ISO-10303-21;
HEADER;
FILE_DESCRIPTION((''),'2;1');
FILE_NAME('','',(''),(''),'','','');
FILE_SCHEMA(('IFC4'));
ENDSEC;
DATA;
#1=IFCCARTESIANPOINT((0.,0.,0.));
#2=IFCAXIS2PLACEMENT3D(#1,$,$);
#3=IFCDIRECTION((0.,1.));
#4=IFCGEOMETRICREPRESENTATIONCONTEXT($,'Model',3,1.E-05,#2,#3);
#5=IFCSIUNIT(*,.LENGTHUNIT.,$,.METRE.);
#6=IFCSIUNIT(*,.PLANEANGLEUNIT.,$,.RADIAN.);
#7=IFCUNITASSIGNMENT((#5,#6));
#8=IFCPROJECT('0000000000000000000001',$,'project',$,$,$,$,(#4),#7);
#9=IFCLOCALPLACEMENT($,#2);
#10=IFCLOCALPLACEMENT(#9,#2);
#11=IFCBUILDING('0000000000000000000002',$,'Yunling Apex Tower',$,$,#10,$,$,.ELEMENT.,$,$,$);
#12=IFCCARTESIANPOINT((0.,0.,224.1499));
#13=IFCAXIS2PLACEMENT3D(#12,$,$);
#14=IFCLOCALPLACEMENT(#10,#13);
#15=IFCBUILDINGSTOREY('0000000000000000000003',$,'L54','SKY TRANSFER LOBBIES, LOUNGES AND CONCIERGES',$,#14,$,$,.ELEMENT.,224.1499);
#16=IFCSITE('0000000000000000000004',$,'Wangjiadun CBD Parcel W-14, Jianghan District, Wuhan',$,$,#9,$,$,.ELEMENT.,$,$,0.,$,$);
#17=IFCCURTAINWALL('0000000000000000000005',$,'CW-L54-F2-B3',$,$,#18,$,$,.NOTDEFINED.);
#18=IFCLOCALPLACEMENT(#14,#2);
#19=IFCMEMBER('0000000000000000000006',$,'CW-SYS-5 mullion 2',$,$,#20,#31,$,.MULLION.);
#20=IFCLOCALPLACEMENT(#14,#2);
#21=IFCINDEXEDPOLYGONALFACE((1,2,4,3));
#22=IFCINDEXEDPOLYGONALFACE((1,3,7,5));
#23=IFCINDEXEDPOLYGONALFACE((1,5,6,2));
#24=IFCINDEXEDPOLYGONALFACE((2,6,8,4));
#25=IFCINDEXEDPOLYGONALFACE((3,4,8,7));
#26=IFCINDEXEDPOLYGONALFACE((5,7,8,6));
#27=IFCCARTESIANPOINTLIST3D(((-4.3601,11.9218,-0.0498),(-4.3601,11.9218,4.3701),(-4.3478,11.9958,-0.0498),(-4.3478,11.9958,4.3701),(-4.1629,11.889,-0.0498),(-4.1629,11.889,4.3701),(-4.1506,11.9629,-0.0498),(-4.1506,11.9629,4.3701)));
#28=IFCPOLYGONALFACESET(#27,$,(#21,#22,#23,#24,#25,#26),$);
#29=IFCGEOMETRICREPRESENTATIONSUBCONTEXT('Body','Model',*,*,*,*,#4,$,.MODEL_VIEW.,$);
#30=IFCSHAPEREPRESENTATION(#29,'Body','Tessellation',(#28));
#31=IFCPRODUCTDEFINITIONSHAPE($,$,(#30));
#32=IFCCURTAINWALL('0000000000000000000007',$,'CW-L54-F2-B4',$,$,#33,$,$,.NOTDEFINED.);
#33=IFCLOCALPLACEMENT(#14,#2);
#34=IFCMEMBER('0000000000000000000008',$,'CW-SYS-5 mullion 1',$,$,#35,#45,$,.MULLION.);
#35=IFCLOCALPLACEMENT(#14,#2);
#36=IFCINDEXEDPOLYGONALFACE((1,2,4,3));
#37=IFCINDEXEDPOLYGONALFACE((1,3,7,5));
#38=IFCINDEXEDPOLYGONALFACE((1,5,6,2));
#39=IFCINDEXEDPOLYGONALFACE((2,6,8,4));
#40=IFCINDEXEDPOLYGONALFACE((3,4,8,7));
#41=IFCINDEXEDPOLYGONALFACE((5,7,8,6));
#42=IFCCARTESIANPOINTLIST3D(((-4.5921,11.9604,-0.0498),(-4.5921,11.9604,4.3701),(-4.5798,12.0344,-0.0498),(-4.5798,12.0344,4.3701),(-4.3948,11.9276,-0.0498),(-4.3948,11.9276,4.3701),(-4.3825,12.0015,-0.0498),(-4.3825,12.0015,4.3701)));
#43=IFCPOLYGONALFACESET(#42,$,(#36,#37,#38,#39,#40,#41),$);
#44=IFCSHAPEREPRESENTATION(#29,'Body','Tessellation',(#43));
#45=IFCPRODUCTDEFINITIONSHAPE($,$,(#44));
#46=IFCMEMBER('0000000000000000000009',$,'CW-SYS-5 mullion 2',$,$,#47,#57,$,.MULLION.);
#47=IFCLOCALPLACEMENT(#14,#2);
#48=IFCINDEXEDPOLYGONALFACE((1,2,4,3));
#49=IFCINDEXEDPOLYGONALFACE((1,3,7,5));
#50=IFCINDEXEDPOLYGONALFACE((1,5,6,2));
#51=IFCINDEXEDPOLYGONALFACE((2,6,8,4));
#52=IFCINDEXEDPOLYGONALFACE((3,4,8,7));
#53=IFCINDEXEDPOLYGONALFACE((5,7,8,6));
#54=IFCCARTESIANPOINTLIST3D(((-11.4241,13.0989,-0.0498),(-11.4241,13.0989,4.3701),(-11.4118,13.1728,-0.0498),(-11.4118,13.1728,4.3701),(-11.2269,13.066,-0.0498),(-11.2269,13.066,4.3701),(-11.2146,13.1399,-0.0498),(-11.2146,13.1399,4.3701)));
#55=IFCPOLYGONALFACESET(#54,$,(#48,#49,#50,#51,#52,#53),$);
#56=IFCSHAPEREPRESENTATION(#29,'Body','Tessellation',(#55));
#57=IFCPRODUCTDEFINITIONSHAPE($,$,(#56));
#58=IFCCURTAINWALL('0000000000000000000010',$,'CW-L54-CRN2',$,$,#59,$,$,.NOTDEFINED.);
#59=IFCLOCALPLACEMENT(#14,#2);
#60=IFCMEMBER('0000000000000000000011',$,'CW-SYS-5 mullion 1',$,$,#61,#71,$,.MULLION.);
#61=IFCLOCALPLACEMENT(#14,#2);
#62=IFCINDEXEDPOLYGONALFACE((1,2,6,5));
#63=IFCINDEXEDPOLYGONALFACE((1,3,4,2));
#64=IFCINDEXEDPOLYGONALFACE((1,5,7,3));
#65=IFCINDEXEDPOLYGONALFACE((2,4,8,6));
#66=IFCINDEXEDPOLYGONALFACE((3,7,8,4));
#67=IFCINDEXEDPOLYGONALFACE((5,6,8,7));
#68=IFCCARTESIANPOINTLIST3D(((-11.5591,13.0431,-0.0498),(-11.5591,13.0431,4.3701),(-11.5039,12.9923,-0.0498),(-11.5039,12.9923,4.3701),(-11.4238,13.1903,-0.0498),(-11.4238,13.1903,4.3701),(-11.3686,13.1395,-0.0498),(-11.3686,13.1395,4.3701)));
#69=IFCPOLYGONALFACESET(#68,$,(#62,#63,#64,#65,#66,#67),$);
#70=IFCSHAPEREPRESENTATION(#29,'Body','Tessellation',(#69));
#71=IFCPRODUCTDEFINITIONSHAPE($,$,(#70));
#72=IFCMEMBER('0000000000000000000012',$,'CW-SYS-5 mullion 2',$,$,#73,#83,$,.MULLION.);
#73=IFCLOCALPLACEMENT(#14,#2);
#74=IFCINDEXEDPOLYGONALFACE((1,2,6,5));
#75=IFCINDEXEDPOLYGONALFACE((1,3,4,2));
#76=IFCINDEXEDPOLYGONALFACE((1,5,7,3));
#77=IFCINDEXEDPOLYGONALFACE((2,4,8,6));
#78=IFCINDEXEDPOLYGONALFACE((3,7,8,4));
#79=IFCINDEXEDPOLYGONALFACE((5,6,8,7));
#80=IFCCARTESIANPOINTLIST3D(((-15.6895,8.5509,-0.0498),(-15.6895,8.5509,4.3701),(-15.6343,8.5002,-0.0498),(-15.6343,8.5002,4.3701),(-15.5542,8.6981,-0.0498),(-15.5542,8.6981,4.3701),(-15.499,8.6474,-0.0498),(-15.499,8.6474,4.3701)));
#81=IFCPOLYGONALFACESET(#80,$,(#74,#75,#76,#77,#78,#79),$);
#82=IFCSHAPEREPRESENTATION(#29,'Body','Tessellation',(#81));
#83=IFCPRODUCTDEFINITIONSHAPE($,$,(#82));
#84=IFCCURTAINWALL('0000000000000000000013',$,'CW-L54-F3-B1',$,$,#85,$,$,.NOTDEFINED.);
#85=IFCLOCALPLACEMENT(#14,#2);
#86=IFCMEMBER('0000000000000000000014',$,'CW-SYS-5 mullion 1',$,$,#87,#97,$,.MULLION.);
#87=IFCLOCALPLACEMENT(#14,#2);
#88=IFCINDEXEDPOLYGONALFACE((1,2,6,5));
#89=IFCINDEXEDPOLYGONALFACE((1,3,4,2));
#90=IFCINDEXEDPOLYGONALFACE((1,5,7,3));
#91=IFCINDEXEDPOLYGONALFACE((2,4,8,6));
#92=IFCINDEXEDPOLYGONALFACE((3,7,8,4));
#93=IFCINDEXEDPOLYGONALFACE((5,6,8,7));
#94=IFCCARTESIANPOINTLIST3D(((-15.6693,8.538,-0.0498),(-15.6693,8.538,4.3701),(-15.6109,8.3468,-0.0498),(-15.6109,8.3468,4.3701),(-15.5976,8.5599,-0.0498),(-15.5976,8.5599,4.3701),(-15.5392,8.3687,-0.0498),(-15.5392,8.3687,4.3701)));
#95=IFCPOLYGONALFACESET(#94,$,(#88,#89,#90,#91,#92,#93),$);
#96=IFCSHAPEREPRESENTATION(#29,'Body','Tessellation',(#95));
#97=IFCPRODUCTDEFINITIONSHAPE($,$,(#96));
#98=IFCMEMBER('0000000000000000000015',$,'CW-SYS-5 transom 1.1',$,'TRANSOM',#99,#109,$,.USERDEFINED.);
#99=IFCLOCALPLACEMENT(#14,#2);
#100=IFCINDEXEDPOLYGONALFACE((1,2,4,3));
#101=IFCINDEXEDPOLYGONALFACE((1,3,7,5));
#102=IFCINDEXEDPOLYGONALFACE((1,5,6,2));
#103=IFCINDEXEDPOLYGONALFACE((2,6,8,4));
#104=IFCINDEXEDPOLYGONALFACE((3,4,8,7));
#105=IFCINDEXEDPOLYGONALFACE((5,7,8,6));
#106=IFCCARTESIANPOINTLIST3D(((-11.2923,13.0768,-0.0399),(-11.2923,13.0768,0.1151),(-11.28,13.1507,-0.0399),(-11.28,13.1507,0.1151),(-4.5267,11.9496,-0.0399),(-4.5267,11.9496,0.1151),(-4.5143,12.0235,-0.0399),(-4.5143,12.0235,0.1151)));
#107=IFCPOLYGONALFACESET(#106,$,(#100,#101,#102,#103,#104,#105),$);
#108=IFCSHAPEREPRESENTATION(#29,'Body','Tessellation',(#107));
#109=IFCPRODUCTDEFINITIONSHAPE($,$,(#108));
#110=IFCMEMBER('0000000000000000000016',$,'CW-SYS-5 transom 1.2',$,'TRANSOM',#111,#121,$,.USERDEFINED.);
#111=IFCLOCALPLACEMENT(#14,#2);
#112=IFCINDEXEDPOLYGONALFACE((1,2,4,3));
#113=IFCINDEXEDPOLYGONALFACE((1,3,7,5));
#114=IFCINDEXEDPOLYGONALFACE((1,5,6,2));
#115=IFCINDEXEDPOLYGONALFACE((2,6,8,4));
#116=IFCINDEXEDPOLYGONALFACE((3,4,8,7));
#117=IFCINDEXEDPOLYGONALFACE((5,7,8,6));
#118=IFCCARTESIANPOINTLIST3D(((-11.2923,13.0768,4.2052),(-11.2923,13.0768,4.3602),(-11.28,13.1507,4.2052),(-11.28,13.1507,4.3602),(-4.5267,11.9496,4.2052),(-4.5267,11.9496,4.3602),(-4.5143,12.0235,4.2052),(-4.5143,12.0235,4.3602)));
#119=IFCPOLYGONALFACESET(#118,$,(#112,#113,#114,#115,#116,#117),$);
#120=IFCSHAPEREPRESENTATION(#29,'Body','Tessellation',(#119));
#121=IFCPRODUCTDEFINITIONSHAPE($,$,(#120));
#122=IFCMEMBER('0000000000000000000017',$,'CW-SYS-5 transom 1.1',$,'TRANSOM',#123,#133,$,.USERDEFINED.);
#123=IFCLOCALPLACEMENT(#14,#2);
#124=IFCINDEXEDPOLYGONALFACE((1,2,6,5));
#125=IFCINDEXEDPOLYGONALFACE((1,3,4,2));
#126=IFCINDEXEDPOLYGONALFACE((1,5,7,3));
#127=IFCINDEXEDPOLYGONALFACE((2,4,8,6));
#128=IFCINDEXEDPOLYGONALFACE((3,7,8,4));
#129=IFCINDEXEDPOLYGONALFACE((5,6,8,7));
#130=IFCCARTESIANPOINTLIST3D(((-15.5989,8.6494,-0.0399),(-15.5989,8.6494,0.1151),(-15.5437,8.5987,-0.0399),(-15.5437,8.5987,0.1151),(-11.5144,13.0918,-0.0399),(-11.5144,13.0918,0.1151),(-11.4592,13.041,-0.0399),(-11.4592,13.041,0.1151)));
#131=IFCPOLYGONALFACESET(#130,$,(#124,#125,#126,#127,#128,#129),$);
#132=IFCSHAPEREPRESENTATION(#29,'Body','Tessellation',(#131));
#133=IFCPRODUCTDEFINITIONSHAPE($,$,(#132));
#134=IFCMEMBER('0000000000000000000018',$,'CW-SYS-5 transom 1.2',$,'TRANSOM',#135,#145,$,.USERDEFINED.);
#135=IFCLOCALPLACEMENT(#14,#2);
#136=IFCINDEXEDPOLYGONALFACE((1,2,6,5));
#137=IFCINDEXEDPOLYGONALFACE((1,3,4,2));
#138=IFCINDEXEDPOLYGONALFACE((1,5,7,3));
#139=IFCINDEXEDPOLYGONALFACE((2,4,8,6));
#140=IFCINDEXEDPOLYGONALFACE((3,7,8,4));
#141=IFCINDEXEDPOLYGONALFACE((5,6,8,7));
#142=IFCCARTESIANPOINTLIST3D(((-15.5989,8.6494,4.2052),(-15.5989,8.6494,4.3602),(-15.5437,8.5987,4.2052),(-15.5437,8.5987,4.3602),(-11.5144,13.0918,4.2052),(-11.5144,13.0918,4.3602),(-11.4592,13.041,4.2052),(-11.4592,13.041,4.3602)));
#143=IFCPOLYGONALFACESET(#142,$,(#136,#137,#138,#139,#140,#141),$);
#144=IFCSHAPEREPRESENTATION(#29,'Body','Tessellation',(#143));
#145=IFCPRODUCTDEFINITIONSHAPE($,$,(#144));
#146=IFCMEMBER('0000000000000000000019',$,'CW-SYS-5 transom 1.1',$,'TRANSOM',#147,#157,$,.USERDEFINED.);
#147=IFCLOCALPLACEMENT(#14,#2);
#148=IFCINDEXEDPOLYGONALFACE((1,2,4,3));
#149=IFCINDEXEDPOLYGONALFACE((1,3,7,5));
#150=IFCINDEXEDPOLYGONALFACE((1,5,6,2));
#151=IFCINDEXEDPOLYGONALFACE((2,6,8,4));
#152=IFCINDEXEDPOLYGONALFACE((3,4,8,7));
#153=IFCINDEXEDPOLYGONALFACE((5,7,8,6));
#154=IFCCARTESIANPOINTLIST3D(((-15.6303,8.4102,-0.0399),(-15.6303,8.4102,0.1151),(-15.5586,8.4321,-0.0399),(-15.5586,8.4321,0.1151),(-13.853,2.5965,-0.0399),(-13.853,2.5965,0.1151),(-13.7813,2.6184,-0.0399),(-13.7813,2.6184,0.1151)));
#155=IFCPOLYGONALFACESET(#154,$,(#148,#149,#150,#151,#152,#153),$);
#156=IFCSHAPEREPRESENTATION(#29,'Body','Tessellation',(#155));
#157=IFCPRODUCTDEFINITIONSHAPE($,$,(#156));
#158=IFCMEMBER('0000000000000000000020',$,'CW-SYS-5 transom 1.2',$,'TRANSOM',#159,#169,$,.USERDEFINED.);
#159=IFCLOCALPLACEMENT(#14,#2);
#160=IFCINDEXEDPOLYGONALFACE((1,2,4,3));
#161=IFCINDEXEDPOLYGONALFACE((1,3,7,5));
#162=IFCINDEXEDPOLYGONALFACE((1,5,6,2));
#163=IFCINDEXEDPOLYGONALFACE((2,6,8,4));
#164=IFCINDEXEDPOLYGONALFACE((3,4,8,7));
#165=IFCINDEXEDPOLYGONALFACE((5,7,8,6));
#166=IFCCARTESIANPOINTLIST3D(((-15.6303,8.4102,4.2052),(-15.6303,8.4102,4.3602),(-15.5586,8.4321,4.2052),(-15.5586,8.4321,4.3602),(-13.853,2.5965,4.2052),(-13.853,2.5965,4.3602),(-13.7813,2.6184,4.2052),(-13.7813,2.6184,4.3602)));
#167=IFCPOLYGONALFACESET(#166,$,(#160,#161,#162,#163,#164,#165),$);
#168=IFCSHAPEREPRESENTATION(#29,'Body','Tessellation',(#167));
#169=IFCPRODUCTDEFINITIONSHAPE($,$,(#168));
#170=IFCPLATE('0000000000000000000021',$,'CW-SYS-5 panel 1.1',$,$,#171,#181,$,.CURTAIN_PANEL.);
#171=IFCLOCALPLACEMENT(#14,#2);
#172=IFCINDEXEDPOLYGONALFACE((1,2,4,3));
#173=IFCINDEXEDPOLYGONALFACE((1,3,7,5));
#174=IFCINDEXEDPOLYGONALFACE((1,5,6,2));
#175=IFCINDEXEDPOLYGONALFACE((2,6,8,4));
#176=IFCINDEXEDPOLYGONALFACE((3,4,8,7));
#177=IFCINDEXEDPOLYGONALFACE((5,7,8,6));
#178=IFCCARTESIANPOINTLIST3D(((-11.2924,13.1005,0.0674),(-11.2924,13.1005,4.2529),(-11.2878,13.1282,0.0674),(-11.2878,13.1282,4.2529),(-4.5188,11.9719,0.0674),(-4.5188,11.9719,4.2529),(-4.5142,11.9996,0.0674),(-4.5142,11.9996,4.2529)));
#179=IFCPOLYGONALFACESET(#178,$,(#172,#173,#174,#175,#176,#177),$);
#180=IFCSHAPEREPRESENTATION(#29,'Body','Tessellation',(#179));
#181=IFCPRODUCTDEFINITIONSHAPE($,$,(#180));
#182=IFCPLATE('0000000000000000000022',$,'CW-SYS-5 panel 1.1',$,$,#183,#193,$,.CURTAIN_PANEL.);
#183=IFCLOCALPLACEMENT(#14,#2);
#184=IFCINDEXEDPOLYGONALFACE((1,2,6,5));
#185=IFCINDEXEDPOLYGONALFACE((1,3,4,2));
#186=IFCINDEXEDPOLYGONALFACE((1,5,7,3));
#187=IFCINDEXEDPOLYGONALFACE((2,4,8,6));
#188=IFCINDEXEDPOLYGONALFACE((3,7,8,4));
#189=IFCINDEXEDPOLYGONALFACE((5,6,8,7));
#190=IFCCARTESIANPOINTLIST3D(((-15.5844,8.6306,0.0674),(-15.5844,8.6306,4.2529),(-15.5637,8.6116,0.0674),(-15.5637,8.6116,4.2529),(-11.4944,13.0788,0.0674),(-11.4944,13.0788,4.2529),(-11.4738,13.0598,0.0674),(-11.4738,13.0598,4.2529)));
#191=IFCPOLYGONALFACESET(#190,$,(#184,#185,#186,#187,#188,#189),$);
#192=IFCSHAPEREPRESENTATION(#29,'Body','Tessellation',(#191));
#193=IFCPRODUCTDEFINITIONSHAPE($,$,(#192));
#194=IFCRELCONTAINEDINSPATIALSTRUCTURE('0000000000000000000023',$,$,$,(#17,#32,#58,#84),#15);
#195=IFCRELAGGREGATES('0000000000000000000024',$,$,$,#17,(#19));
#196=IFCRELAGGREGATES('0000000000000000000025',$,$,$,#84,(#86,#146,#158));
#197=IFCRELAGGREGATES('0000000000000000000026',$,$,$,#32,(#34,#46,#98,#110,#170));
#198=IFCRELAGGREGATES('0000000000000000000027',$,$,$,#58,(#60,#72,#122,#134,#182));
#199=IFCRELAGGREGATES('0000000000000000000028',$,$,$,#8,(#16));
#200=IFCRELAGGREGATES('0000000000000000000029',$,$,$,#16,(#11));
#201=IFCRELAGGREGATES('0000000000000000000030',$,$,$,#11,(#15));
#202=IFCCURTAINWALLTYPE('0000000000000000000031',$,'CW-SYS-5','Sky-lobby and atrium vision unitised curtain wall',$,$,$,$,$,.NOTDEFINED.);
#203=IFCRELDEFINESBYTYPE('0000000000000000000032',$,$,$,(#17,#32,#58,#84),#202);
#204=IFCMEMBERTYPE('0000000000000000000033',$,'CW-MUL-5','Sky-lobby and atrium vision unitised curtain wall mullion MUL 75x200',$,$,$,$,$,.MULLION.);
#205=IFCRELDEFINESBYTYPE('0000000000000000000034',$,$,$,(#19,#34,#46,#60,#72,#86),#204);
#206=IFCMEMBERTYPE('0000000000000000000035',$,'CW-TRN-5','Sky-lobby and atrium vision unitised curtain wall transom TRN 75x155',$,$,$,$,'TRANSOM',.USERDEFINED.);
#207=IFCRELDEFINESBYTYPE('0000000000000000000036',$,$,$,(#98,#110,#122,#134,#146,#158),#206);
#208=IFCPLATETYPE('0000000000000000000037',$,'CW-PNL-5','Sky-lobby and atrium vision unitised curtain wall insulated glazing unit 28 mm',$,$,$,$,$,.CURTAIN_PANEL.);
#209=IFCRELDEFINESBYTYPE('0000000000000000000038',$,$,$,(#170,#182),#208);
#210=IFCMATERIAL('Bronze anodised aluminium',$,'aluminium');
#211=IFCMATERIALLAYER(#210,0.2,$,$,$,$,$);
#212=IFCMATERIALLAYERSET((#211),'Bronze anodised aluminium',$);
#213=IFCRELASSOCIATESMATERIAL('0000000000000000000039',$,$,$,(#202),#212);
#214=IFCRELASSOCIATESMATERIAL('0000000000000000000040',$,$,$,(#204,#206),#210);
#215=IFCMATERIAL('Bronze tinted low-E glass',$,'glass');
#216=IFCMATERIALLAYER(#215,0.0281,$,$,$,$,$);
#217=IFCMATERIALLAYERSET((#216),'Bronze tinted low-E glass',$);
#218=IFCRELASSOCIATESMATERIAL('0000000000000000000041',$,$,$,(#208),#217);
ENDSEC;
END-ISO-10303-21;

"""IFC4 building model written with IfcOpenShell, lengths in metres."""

from ifc_helpers import new_model, si_unit, direction, frame, origin, origin_2d, place, context, subcontext, project, spatial, rectangle, extrude, source, transform, mapped, material, layer, layer_set, material_profile, profile_set, type_object, element, aggregate, save


model = new_model("IFC4")

# Units and contexts
model_context = context("Model", 3, precision=1e-05, world=origin(), true_north=direction((0.0, 1.0)))
body_context = subcontext(model_context, "Body", "Model", "MODEL_VIEW")
ifc_project = project(units=[si_unit("LENGTHUNIT", "METRE"), si_unit("PLANEANGLEUNIT", "RADIAN")], contexts=[model_context])

# Site, building, storey
site_placement = place(None, origin())
site = spatial("IfcSite", under=ifc_project, at=site_placement, Name="Wangjiadun CBD Parcel W-14, Jianghan District, Wuhan", CompositionType="ELEMENT", RefElevation=0.0)
building_placement = place(site_placement, origin())
building = spatial("IfcBuilding", under=site, at=building_placement, Name="Yunling Apex Tower", CompositionType="ELEMENT")
storey_placement = place(building_placement, frame((0.0, 0.0, 224.1499)))
storey = spatial("IfcBuildingStorey", under=building, at=storey_placement, Name="L54", Description="SKY TRANSFER LOBBIES, LOUNGES AND CONCIERGES", CompositionType="ELEMENT", Elevation=224.1499)

# Curtain wall, member
ifc_material_1 = material(Name="Bronze anodised aluminium", Category="aluminium")
ifc_layer_1 = layer(ifc_material_1, 0.2)
ifc_layer_set_1 = layer_set([ifc_layer_1], Name="Bronze anodised aluminium")
curtain_wall_type = type_object("IfcCurtainWallType", Name="CW-SYS-5", Description="Sky-lobby and atrium vision unitised curtain wall", PredefinedType="NOTDEFINED", material=ifc_layer_set_1)
curtain_wall_1_placement = place(storey_placement, origin())
curtain_wall_1 = element("IfcCurtainWall", 1, at=curtain_wall_1_placement, inside=storey, type_object=curtain_wall_type, Name="CW-L54-F2-B3", PredefinedType="NOTDEFINED")
ifc_material_profile_1 = material_profile(ifc_material_1, rectangle(XDim=0.075, YDim=0.2, at=origin_2d()))
ifc_profile_set_1 = profile_set([ifc_material_profile_1], Name="Bronze anodised aluminium")
member_type_1 = type_object("IfcMemberType", Name="CW-MUL-5", Description="Sky-lobby and atrium vision unitised curtain wall mullion MUL 75x200", PredefinedType="MULLION", material=ifc_profile_set_1)
shared_shape_1 = source(origin(), body_context, "Body", "SweptSolid", [
    extrude(rectangle(XDim=0.075, YDim=0.2, at=origin_2d()), origin(), (0.0, 0.0, 1.0), 4.4199),
])
member_1_placement = place(storey_placement, frame((-4.2554, 11.9424, -0.0498), z_axis=(0.0, 0.0, 1.0), x_axis=(-0.164353, -0.986402, 0.0)))
member_1 = element("IfcMember", 2, at=member_1_placement, type_object=member_type_1, Name="CW-SYS-5 mullion 2", PredefinedType="MULLION", context=body_context, shape_type="MappedRepresentation", body=[
    mapped(shared_shape_1, transform((0.0, 0.0, 0.0), scale=1.0)),
])
aggregate(curtain_wall_1, [member_1])

# Curtain walls, members
curtain_wall_2_placement = place(storey_placement, origin())
curtain_wall_2 = element("IfcCurtainWall", 3, at=curtain_wall_2_placement, inside=storey, type_object=curtain_wall_type, Name="CW-L54-F2-B4", PredefinedType="NOTDEFINED")
member_2_placement = place(storey_placement, frame((-4.4873, 11.981, -0.0498), z_axis=(0.0, 0.0, 1.0), x_axis=(-0.164353, -0.986402, 0.0)))
member_2 = element("IfcMember", 4, at=member_2_placement, type_object=member_type_1, Name="CW-SYS-5 mullion 1", PredefinedType="MULLION", context=body_context, shape_type="MappedRepresentation", body=[
    mapped(shared_shape_1, transform((0.0, 0.0, 0.0), scale=1.0)),
])
member_3_placement = place(storey_placement, frame((-11.3193, 13.1194, -0.0498), z_axis=(0.0, 0.0, 1.0), x_axis=(-0.164353, -0.986402, 0.0)))
member_3 = element("IfcMember", 5, at=member_3_placement, type_object=member_type_1, Name="CW-SYS-5 mullion 2", PredefinedType="MULLION", context=body_context, shape_type="MappedRepresentation", body=[
    mapped(shared_shape_1, transform((0.0, 0.0, 0.0), scale=1.0)),
])
curtain_wall_3_placement = place(storey_placement, origin())
curtain_wall_3 = element("IfcCurtainWall", 6, at=curtain_wall_3_placement, inside=storey, type_object=curtain_wall_type, Name="CW-L54-CRN2", PredefinedType="NOTDEFINED")
member_4_placement = place(storey_placement, frame((-11.4639, 13.0913, -0.0498), z_axis=(0.0, 0.0, 1.0), x_axis=(0.736134, -0.676836, 0.0)))
member_4 = element("IfcMember", 7, at=member_4_placement, type_object=member_type_1, Name="CW-SYS-5 mullion 1", PredefinedType="MULLION", context=body_context, shape_type="MappedRepresentation", body=[
    mapped(shared_shape_1, transform((0.0, 0.0, 0.0), scale=1.0)),
])
member_5_placement = place(storey_placement, frame((-15.5942, 8.5991, -0.0498), z_axis=(0.0, 0.0, 1.0), x_axis=(0.736134, -0.676836, 0.0)))
member_5 = element("IfcMember", 8, at=member_5_placement, type_object=member_type_1, Name="CW-SYS-5 mullion 2", PredefinedType="MULLION", context=body_context, shape_type="MappedRepresentation", body=[
    mapped(shared_shape_1, transform((0.0, 0.0, 0.0), scale=1.0)),
])

# Curtain wall, member
curtain_wall_4_placement = place(storey_placement, origin())
curtain_wall_4 = element("IfcCurtainWall", 9, at=curtain_wall_4_placement, inside=storey, type_object=curtain_wall_type, Name="CW-L54-F3-B1", PredefinedType="NOTDEFINED")
member_6_placement = place(storey_placement, frame((-15.6042, 8.4534, -0.0498), z_axis=(0.0, 0.0, 1.0), x_axis=(0.956305, 0.292372, 0.0)))
member_6 = element("IfcMember", 10, at=member_6_placement, type_object=member_type_1, Name="CW-SYS-5 mullion 1", PredefinedType="MULLION", context=body_context, shape_type="MappedRepresentation", body=[
    mapped(shared_shape_1, transform((0.0, 0.0, 0.0), scale=1.0)),
])

# Members
ifc_material_profile_2 = material_profile(ifc_material_1, rectangle(XDim=0.075, YDim=0.155, at=origin_2d()))
ifc_profile_set_2 = profile_set([ifc_material_profile_2], Name="Bronze anodised aluminium")
member_type_2 = type_object("IfcMemberType", Name="CW-TRN-5", Description="Sky-lobby and atrium vision unitised curtain wall transom TRN 75x155", ElementType="TRANSOM", PredefinedType="USERDEFINED", material=ifc_profile_set_2)
shared_shape_2 = source(origin(), body_context, "Body", "SweptSolid", [
    extrude(rectangle(XDim=0.075, YDim=0.155, at=origin_2d()), origin(), (0.0, 0.0, 1.0), 6.8589),
])
member_7_placement = place(storey_placement, frame((-4.5205, 11.9866, 0.0376), z_axis=(-0.986404, 0.164341, 0.0), x_axis=(-0.164341, -0.986404, 0.0)))
member_7 = element("IfcMember", 11, at=member_7_placement, type_object=member_type_2, Name="CW-SYS-5 transom 1.1", ObjectType="TRANSOM", PredefinedType="USERDEFINED", context=body_context, shape_type="MappedRepresentation", body=[
    mapped(shared_shape_2, transform((0.0, 0.0, 0.0), scale=1.0)),
])
member_8_placement = place(storey_placement, frame((-4.5205, 11.9866, 4.2827), z_axis=(-0.986404, 0.164341, 0.0), x_axis=(-0.164341, -0.986404, 0.0)))
member_8 = element("IfcMember", 12, at=member_8_placement, type_object=member_type_2, Name="CW-SYS-5 transom 1.2", ObjectType="TRANSOM", PredefinedType="USERDEFINED", context=body_context, shape_type="MappedRepresentation", body=[
    mapped(shared_shape_2, transform((0.0, 0.0, 0.0), scale=1.0)),
])
shared_shape_3 = source(origin(), body_context, "Body", "SweptSolid", [
    extrude(rectangle(XDim=0.075, YDim=0.155, at=origin_2d()), origin(), (0.0, 0.0, 1.0), 6.0347),
])
member_9_placement = place(storey_placement, frame((-11.4868, 13.0664, 0.0376), z_axis=(-0.67683, -0.736139, 0.0), x_axis=(0.736139, -0.67683, 0.0)))
member_9 = element("IfcMember", 13, at=member_9_placement, type_object=member_type_2, Name="CW-SYS-5 transom 1.1", ObjectType="TRANSOM", PredefinedType="USERDEFINED", context=body_context, shape_type="MappedRepresentation", body=[
    mapped(shared_shape_3, transform((0.0, 0.0, 0.0), scale=1.0)),
])
member_10_placement = place(storey_placement, frame((-11.4868, 13.0664, 4.2827), z_axis=(-0.67683, -0.736139, 0.0), x_axis=(0.736139, -0.67683, 0.0)))
member_10 = element("IfcMember", 14, at=member_10_placement, type_object=member_type_2, Name="CW-SYS-5 transom 1.2", ObjectType="TRANSOM", PredefinedType="USERDEFINED", context=body_context, shape_type="MappedRepresentation", body=[
    mapped(shared_shape_3, transform((0.0, 0.0, 0.0), scale=1.0)),
])
shared_shape_4 = source(origin(), body_context, "Body", "SweptSolid", [
    extrude(rectangle(XDim=0.075, YDim=0.155, at=origin_2d()), origin(), (0.0, 0.0, 1.0), 6.0793),
])
member_11_placement = place(storey_placement, frame((-15.5945, 8.4211, 0.0376), z_axis=(0.292358, -0.956309, 0.0), x_axis=(0.956309, 0.292358, 0.0)))
member_11 = element("IfcMember", 15, at=member_11_placement, type_object=member_type_2, Name="CW-SYS-5 transom 1.1", ObjectType="TRANSOM", PredefinedType="USERDEFINED", context=body_context, shape_type="MappedRepresentation", body=[
    mapped(shared_shape_4, transform((0.0, 0.0, 0.0), scale=1.0)),
])
member_12_placement = place(storey_placement, frame((-15.5945, 8.4211, 4.2827), z_axis=(0.292358, -0.956309, 0.0), x_axis=(0.956309, 0.292358, 0.0)))
member_12 = element("IfcMember", 16, at=member_12_placement, type_object=member_type_2, Name="CW-SYS-5 transom 1.2", ObjectType="TRANSOM", PredefinedType="USERDEFINED", context=body_context, shape_type="MappedRepresentation", body=[
    mapped(shared_shape_4, transform((0.0, 0.0, 0.0), scale=1.0)),
])
aggregate(curtain_wall_4, [member_6, member_11, member_12])

# Plates
ifc_material_2 = material(Name="Bronze tinted low-E glass", Category="glass")
ifc_layer_2 = layer(ifc_material_2, 0.0281)
ifc_layer_set_2 = layer_set([ifc_layer_2], Name="Bronze tinted low-E glass")
plate_type = type_object("IfcPlateType", Name="CW-PNL-5", Description="Sky-lobby and atrium vision unitised curtain wall insulated glazing unit 28 mm", PredefinedType="CURTAIN_PANEL", material=ifc_layer_set_2)
shared_shape_5 = source(origin(), body_context, "Body", "SweptSolid", [
    extrude(rectangle(XDim=6.8669, YDim=0.0281, at=origin_2d()), origin(), (0.0, 0.0, 1.0), 4.1855),
])
plate_1_placement = place(storey_placement, frame((-7.9033, 12.55, 0.0674), z_axis=(0.0, 0.0, 1.0), x_axis=(-0.986402, 0.164353, 0.0)))
plate_1 = element("IfcPlate", 17, at=plate_1_placement, type_object=plate_type, Name="CW-SYS-5 panel 1.1", PredefinedType="CURTAIN_PANEL", context=body_context, shape_type="MappedRepresentation", body=[
    mapped(shared_shape_5, transform((0.0, 0.0, 0.0), scale=1.0)),
])
aggregate(curtain_wall_2, [member_2, member_3, member_7, member_8, plate_1])
shared_shape_6 = source(origin(), body_context, "Body", "SweptSolid", [
    extrude(rectangle(XDim=6.0427, YDim=0.0281, at=origin_2d()), origin(), (0.0, 0.0, 1.0), 4.1855),
])
plate_2_placement = place(storey_placement, frame((-13.5291, 10.8452, 0.0674), z_axis=(0.0, 0.0, 1.0), x_axis=(-0.676836, -0.736134, 0.0)))
plate_2 = element("IfcPlate", 18, at=plate_2_placement, type_object=plate_type, Name="CW-SYS-5 panel 1.1", PredefinedType="CURTAIN_PANEL", context=body_context, shape_type="MappedRepresentation", body=[
    mapped(shared_shape_6, transform((0.0, 0.0, 0.0), scale=1.0)),
])
aggregate(curtain_wall_3, [member_4, member_5, member_9, member_10, plate_2])

save(model, "model.ifc")
